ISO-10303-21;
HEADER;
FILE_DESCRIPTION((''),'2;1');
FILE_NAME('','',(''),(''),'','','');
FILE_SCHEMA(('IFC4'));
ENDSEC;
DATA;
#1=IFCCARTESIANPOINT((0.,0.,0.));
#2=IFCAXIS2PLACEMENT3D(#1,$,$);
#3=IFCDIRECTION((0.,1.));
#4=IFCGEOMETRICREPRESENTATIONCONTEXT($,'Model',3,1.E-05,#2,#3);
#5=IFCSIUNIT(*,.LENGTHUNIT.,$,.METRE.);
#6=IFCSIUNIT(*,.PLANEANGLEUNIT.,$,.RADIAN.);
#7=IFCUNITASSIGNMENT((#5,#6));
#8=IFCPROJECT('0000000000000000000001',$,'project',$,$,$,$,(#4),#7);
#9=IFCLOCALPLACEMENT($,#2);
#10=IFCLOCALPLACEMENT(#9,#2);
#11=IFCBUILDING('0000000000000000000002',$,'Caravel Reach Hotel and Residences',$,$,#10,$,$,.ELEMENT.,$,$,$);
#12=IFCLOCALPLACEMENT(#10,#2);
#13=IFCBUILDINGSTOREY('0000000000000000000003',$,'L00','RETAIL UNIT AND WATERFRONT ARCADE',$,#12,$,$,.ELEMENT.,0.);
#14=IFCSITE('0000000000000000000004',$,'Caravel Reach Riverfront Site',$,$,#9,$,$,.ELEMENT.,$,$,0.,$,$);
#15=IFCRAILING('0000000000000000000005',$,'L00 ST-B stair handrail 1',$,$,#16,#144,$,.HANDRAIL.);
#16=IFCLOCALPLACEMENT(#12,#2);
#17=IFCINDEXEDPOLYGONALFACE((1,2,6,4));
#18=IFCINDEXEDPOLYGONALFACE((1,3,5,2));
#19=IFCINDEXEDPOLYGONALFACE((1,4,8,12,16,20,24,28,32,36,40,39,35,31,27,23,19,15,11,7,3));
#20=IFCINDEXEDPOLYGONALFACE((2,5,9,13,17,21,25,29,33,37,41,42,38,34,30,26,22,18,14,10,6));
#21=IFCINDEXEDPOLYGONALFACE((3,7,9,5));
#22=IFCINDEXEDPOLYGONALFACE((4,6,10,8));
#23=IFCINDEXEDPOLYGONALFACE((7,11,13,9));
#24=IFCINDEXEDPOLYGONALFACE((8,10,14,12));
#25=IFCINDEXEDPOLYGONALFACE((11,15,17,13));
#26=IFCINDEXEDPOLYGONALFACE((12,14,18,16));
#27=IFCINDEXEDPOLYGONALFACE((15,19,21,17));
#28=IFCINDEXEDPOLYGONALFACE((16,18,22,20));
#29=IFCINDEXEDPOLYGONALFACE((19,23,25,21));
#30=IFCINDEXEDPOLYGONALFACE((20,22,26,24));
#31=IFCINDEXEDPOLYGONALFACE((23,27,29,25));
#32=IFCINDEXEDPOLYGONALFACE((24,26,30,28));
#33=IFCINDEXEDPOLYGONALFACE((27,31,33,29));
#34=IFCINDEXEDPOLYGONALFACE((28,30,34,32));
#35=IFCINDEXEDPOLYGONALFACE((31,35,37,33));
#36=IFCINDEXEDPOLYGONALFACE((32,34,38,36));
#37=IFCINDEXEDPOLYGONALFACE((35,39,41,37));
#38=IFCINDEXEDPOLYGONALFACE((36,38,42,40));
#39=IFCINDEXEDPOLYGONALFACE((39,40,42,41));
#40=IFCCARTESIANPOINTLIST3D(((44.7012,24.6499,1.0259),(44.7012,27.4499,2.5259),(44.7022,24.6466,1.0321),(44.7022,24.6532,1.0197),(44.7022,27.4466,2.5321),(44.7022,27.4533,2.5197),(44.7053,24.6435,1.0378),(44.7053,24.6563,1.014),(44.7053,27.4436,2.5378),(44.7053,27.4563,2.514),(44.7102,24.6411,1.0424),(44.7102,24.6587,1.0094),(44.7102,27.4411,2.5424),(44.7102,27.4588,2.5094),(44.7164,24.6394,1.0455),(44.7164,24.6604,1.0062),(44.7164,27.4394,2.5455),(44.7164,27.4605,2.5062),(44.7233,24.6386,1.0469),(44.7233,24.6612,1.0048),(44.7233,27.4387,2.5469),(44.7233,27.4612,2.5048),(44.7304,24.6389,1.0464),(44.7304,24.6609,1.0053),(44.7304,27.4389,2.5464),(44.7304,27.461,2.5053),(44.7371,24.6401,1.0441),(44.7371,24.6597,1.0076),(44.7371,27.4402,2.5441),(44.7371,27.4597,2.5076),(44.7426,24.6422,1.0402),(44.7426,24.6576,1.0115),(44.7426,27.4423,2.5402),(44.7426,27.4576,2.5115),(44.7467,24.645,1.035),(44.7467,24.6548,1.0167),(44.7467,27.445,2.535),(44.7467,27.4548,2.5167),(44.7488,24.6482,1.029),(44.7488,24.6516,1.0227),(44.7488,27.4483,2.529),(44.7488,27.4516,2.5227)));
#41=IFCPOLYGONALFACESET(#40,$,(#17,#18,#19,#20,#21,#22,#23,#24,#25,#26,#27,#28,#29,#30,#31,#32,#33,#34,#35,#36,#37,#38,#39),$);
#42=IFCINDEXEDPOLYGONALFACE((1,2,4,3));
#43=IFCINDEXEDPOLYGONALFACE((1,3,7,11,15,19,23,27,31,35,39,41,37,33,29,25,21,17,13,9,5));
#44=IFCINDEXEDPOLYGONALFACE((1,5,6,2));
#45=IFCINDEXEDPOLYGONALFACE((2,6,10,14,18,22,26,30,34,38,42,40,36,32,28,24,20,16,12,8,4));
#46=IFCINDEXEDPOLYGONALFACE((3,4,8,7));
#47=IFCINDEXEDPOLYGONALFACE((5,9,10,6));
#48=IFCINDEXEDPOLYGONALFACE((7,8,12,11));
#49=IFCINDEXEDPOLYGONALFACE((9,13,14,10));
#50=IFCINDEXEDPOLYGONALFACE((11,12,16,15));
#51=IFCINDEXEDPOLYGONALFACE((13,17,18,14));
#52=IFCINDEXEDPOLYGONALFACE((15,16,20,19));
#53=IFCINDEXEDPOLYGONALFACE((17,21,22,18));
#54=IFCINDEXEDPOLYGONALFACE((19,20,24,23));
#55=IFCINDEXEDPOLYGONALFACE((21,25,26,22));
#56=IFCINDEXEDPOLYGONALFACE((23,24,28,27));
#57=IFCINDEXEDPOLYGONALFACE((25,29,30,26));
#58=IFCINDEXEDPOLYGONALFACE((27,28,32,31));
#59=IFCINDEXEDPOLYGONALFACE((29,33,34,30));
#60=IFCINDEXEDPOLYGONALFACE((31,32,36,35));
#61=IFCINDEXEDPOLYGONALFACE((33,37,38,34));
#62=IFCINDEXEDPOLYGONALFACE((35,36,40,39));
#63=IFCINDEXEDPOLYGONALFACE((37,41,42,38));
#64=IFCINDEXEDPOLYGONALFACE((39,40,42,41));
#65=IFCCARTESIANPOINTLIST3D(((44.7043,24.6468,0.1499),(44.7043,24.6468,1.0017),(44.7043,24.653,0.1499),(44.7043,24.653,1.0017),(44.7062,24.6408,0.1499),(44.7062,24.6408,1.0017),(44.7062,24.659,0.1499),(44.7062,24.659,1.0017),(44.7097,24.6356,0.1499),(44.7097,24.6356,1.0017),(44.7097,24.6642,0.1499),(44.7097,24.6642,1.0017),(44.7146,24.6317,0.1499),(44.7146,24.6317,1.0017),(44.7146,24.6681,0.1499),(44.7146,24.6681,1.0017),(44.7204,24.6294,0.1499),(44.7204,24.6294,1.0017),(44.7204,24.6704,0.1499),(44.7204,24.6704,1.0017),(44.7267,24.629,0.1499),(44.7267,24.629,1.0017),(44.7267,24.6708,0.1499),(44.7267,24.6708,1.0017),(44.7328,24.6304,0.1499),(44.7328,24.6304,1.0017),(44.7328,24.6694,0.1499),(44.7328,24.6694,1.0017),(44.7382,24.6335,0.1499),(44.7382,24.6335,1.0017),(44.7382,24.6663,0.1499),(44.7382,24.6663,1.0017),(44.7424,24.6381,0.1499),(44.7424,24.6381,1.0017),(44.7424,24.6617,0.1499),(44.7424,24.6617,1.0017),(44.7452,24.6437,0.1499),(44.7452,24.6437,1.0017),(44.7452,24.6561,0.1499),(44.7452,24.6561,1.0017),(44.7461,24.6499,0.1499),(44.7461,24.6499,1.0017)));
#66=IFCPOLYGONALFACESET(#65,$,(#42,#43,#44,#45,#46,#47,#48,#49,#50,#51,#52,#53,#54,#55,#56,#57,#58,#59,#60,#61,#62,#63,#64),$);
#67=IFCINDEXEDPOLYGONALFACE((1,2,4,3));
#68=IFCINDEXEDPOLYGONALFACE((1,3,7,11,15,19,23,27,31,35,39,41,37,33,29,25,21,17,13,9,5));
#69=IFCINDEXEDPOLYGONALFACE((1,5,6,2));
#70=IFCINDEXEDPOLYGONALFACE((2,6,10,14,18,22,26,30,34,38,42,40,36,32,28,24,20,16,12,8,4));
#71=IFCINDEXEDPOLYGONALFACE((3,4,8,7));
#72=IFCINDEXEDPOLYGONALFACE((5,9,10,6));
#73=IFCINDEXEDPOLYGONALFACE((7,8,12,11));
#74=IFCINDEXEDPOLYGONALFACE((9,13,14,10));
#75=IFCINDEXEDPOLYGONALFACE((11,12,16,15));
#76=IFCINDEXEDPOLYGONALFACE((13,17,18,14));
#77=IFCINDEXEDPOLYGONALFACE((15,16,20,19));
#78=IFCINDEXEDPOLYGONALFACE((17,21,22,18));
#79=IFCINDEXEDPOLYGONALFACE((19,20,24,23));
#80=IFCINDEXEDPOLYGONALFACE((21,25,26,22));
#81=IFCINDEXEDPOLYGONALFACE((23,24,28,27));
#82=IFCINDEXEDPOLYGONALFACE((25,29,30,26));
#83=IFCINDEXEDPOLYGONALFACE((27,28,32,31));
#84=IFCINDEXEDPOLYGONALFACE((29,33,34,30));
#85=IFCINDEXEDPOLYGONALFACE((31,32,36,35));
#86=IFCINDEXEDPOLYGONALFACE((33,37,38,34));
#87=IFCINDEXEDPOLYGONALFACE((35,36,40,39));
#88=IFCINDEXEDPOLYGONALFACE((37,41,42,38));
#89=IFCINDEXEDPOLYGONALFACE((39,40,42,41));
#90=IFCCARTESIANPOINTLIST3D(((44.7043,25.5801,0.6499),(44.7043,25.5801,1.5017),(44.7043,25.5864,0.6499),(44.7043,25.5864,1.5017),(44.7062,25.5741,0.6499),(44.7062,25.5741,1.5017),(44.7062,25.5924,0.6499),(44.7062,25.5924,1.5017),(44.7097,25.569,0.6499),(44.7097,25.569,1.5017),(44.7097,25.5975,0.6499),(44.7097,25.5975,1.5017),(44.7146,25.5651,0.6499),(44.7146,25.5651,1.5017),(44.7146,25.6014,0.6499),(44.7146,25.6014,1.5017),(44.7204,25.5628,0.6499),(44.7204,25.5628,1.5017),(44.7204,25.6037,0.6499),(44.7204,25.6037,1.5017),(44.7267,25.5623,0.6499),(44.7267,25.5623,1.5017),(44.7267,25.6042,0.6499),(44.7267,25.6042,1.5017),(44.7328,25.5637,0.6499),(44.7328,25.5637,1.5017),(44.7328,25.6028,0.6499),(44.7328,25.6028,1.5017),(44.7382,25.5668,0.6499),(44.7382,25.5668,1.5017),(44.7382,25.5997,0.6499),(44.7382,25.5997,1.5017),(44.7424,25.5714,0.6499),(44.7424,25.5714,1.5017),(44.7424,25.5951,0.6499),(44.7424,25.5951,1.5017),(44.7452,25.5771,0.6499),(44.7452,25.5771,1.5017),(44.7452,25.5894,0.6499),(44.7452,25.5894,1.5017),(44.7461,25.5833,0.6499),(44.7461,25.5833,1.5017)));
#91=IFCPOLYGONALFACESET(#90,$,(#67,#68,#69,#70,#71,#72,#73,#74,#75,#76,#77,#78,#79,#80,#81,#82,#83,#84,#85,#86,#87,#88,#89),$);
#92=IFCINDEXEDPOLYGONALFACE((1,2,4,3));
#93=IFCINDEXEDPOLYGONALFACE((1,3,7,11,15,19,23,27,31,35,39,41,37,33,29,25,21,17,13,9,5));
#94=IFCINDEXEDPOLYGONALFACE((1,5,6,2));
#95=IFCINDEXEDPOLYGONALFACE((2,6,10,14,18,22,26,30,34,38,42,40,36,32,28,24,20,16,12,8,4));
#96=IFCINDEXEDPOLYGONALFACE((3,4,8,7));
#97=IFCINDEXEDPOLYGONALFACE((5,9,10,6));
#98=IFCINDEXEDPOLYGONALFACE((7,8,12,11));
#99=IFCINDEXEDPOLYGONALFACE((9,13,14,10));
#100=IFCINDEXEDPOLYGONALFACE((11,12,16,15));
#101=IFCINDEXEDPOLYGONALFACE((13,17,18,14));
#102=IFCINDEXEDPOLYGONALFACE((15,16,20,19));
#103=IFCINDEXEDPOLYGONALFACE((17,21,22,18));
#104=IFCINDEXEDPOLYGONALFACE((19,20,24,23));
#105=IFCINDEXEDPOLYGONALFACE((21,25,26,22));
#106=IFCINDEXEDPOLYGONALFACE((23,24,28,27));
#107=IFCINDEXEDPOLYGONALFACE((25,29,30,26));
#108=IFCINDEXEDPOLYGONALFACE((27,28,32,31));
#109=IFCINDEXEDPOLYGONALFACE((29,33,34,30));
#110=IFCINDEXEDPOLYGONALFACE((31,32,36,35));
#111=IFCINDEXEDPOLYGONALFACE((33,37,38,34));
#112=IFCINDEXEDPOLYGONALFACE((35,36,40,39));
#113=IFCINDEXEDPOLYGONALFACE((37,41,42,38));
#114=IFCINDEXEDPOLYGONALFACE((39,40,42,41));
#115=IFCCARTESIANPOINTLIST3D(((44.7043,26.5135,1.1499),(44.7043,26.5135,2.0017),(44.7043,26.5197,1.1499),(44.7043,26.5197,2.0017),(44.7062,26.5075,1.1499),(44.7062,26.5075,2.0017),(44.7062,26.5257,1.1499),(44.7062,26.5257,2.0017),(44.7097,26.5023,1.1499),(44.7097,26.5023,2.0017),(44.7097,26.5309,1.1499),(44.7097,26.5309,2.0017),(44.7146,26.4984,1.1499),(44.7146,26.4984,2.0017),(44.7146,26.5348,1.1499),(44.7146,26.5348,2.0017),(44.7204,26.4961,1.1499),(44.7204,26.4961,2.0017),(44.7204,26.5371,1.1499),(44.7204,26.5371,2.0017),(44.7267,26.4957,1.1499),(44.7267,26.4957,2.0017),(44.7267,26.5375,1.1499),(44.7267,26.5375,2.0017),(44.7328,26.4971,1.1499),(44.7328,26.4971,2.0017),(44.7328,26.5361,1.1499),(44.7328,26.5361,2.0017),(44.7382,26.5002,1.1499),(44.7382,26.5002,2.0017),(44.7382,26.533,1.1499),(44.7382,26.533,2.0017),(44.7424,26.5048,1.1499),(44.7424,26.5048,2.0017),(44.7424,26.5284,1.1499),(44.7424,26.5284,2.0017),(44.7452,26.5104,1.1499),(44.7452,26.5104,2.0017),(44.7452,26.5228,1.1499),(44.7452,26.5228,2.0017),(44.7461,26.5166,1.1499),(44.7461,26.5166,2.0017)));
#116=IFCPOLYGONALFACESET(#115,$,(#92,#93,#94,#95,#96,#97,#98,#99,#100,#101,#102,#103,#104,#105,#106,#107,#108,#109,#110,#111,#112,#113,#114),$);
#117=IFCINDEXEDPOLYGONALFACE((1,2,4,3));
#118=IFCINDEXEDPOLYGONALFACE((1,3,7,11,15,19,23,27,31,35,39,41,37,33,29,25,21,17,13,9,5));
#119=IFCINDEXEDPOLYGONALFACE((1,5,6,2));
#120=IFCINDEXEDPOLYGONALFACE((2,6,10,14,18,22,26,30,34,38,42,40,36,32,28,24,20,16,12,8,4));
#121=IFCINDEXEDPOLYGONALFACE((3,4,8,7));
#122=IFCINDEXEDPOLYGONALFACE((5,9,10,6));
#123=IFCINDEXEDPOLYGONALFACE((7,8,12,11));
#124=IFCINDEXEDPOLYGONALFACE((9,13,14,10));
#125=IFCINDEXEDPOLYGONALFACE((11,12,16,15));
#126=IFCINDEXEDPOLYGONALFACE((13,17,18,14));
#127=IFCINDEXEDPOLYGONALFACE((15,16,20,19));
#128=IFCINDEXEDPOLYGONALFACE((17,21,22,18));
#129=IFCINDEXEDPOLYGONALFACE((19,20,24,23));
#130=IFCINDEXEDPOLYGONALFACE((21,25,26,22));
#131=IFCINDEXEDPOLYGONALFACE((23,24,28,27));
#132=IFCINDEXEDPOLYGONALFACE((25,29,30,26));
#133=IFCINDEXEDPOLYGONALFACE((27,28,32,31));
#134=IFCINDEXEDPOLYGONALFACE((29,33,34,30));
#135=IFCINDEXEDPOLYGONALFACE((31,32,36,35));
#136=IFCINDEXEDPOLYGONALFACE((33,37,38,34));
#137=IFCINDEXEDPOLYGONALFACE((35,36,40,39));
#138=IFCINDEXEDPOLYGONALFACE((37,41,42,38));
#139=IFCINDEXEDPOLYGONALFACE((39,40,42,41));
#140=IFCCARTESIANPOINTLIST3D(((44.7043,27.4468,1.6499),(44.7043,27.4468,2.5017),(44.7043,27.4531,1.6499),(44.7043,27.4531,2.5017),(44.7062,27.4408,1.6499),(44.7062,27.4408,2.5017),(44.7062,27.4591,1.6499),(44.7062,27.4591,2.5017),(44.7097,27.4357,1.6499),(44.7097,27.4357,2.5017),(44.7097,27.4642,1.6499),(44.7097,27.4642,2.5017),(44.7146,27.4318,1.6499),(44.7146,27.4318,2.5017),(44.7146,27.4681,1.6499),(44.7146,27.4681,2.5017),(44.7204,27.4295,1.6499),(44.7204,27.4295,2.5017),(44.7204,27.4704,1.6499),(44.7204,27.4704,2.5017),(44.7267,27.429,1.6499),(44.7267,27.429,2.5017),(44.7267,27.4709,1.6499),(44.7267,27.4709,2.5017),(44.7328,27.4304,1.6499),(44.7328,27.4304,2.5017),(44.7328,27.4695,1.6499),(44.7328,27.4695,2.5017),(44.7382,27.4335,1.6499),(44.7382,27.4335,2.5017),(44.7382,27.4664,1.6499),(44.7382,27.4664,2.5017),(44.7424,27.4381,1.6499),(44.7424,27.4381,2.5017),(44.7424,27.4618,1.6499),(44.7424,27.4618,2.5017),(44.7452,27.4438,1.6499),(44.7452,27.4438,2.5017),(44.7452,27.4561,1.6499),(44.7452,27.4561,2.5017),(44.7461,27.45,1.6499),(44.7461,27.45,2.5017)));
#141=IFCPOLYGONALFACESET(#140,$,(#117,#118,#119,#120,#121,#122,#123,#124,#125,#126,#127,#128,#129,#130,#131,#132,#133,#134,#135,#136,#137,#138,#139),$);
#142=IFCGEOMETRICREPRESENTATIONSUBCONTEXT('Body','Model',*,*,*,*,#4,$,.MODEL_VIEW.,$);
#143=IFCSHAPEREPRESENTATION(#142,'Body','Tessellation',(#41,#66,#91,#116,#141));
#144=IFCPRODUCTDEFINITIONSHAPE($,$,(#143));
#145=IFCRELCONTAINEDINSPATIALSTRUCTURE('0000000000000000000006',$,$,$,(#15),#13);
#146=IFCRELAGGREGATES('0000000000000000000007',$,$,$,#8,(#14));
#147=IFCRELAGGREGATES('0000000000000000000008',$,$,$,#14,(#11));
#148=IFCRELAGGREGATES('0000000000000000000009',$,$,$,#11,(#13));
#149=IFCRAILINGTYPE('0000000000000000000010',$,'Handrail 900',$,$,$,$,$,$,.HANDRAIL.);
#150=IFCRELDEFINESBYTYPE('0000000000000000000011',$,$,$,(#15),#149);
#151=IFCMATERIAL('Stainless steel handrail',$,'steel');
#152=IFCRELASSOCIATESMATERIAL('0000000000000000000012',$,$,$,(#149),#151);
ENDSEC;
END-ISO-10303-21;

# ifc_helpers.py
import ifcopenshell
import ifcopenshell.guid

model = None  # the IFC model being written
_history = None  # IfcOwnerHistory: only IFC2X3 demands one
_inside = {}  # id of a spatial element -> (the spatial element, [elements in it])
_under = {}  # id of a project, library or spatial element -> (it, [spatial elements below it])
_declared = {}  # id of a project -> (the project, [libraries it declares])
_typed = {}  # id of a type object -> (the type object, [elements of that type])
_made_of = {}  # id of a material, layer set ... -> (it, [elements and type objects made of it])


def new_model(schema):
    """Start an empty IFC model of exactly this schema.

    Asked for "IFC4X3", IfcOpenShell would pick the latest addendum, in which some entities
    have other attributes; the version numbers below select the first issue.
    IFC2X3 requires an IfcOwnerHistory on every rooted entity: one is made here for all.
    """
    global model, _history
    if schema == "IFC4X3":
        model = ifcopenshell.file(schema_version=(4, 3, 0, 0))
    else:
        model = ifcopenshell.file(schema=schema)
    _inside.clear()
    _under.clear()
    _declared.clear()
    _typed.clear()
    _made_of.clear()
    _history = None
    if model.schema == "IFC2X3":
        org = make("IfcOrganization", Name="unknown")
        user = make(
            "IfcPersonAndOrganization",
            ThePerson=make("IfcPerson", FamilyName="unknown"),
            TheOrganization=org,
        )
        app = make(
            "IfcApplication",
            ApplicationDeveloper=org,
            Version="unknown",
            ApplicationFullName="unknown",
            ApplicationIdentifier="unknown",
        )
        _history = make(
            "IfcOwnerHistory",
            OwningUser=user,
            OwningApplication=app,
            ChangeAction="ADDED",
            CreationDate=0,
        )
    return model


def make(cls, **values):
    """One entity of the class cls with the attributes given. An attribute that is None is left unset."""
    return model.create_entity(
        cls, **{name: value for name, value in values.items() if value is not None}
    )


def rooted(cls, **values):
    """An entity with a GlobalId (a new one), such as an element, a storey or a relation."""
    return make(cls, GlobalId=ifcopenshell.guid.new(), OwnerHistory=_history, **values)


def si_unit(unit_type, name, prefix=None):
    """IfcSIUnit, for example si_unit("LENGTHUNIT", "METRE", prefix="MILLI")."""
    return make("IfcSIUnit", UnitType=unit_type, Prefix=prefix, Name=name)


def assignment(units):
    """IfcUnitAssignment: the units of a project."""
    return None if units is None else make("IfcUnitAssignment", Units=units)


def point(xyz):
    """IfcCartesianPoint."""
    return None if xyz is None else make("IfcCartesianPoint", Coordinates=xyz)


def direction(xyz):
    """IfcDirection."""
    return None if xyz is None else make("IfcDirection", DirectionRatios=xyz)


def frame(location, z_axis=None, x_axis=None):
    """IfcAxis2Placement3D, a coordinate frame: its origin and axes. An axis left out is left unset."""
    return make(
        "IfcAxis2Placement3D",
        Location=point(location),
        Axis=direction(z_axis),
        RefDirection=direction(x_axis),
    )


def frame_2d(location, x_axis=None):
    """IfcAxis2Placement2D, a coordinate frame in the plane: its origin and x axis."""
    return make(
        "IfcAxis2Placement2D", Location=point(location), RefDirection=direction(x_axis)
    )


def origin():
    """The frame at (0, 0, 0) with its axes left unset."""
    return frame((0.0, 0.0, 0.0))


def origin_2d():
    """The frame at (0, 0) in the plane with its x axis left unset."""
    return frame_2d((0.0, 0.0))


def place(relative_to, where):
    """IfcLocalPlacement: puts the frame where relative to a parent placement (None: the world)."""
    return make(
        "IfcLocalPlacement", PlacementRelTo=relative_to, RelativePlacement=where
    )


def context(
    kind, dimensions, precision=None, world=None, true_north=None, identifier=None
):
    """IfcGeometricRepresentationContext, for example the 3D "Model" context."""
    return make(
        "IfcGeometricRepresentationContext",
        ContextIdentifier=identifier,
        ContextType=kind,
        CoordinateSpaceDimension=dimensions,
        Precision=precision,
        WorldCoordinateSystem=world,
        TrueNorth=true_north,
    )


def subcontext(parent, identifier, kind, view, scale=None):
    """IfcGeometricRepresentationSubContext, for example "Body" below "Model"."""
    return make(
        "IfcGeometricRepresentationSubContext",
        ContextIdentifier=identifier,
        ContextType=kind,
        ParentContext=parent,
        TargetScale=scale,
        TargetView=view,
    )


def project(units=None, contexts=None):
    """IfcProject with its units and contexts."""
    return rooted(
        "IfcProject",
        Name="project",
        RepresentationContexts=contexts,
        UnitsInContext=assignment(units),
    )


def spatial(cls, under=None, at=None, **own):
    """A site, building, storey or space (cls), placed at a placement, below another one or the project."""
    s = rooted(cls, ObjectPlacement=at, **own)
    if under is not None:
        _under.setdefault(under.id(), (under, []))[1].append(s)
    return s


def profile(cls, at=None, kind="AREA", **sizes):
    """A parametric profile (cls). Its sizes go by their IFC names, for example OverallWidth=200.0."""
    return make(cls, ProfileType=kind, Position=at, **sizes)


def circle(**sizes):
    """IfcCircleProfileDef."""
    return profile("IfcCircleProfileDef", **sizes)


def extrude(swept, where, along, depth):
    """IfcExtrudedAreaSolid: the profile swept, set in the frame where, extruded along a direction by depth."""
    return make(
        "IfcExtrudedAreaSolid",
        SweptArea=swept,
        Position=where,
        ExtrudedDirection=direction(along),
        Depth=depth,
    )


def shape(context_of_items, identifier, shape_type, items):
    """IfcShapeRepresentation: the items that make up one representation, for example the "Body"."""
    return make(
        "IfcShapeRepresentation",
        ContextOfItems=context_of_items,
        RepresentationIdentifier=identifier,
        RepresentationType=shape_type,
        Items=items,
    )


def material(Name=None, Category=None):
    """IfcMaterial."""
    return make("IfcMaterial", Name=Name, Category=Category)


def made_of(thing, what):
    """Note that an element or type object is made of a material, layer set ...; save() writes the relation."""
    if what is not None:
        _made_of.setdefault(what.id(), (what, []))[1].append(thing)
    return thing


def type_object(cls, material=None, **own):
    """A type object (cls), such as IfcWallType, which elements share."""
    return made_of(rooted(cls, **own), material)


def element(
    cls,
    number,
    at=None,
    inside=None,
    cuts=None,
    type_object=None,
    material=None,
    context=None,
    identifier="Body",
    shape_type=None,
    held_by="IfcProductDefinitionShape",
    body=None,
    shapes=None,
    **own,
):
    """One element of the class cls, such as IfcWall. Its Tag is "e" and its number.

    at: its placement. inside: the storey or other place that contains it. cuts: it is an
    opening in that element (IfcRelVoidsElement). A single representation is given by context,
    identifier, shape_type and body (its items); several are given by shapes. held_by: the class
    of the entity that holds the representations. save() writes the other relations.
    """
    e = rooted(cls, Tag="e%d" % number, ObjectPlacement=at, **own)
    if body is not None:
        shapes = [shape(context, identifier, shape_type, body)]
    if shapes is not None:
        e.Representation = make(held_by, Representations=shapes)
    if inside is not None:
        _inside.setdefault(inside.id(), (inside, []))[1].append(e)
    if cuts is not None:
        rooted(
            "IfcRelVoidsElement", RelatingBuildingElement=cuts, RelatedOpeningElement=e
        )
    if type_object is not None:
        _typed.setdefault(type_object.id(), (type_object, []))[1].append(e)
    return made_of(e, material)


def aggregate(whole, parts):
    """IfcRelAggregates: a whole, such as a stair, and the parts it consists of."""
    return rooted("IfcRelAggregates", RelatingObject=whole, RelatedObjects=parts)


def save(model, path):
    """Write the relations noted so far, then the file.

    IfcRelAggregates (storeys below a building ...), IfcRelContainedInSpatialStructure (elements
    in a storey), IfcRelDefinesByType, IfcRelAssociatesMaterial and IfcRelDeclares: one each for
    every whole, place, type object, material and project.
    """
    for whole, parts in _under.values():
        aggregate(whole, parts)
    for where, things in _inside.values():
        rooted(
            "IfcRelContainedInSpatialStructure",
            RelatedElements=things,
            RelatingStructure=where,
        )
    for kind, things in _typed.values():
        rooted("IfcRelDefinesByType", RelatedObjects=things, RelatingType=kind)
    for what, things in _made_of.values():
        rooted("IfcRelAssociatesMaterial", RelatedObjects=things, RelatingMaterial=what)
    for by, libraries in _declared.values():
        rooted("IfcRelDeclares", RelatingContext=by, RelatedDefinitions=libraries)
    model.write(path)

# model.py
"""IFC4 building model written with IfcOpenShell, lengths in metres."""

from ifc_helpers import new_model, si_unit, direction, frame, origin, origin_2d, place, context, subcontext, project, spatial, circle, extrude, material, type_object, element, save


model = new_model("IFC4")

# Units and contexts
model_context = context("Model", 3, precision=1e-05, world=origin(), true_north=direction((0.0, 1.0)))
body_context = subcontext(model_context, "Body", "Model", "MODEL_VIEW")
ifc_project = project(units=[si_unit("LENGTHUNIT", "METRE"), si_unit("PLANEANGLEUNIT", "RADIAN")], contexts=[model_context])

# Site, building, storey
site_placement = place(None, origin())
site = spatial("IfcSite", under=ifc_project, at=site_placement, Name="Caravel Reach Riverfront Site", CompositionType="ELEMENT", RefElevation=0.0)
building_placement = place(site_placement, origin())
building = spatial("IfcBuilding", under=site, at=building_placement, Name="Caravel Reach Hotel and Residences", CompositionType="ELEMENT")
storey_placement = place(building_placement, origin())
storey = spatial("IfcBuildingStorey", under=building, at=storey_placement, Name="L00", Description="RETAIL UNIT AND WATERFRONT ARCADE", CompositionType="ELEMENT", Elevation=0.0)

# Railing
ifc_material_1 = material(Name="Stainless steel handrail", Category="steel")
railing_type_1 = type_object("IfcRailingType", Name="Handrail 900", PredefinedType="HANDRAIL", material=ifc_material_1)
railing_1_placement = place(storey_placement, frame((44.7251, 24.6499, 0.1499)))
element("IfcRailing", 1, at=railing_1_placement, inside=storey, type_object=railing_type_1, Name="L00 ST-B stair handrail 1", PredefinedType="HANDRAIL", context=body_context, shape_type="SweptSolid", body=[
    extrude(circle(Radius=0.0239, at=origin_2d()), frame((0.0, 0.0, 0.876), z_axis=(0.0, 0.881483, 0.472215), x_axis=(-1.0, 0.0, 0.0)), (0.0, 0.0, 1.0), 3.1765),
    extrude(circle(Radius=0.021, at=origin_2d()), origin(), (0.0, 0.0, 1.0), 0.8518),
    extrude(circle(Radius=0.021, at=origin_2d()), frame((0.0, 0.9333, 0.5)), (0.0, 0.0, 1.0), 0.8518),
    extrude(circle(Radius=0.021, at=origin_2d()), frame((0.0, 1.8667, 1.0)), (0.0, 0.0, 1.0), 0.8518),
    extrude(circle(Radius=0.021, at=origin_2d()), frame((0.0, 2.8, 1.5)), (0.0, 0.0, 1.0), 0.8518),
])

save(model, "model.ifc")
